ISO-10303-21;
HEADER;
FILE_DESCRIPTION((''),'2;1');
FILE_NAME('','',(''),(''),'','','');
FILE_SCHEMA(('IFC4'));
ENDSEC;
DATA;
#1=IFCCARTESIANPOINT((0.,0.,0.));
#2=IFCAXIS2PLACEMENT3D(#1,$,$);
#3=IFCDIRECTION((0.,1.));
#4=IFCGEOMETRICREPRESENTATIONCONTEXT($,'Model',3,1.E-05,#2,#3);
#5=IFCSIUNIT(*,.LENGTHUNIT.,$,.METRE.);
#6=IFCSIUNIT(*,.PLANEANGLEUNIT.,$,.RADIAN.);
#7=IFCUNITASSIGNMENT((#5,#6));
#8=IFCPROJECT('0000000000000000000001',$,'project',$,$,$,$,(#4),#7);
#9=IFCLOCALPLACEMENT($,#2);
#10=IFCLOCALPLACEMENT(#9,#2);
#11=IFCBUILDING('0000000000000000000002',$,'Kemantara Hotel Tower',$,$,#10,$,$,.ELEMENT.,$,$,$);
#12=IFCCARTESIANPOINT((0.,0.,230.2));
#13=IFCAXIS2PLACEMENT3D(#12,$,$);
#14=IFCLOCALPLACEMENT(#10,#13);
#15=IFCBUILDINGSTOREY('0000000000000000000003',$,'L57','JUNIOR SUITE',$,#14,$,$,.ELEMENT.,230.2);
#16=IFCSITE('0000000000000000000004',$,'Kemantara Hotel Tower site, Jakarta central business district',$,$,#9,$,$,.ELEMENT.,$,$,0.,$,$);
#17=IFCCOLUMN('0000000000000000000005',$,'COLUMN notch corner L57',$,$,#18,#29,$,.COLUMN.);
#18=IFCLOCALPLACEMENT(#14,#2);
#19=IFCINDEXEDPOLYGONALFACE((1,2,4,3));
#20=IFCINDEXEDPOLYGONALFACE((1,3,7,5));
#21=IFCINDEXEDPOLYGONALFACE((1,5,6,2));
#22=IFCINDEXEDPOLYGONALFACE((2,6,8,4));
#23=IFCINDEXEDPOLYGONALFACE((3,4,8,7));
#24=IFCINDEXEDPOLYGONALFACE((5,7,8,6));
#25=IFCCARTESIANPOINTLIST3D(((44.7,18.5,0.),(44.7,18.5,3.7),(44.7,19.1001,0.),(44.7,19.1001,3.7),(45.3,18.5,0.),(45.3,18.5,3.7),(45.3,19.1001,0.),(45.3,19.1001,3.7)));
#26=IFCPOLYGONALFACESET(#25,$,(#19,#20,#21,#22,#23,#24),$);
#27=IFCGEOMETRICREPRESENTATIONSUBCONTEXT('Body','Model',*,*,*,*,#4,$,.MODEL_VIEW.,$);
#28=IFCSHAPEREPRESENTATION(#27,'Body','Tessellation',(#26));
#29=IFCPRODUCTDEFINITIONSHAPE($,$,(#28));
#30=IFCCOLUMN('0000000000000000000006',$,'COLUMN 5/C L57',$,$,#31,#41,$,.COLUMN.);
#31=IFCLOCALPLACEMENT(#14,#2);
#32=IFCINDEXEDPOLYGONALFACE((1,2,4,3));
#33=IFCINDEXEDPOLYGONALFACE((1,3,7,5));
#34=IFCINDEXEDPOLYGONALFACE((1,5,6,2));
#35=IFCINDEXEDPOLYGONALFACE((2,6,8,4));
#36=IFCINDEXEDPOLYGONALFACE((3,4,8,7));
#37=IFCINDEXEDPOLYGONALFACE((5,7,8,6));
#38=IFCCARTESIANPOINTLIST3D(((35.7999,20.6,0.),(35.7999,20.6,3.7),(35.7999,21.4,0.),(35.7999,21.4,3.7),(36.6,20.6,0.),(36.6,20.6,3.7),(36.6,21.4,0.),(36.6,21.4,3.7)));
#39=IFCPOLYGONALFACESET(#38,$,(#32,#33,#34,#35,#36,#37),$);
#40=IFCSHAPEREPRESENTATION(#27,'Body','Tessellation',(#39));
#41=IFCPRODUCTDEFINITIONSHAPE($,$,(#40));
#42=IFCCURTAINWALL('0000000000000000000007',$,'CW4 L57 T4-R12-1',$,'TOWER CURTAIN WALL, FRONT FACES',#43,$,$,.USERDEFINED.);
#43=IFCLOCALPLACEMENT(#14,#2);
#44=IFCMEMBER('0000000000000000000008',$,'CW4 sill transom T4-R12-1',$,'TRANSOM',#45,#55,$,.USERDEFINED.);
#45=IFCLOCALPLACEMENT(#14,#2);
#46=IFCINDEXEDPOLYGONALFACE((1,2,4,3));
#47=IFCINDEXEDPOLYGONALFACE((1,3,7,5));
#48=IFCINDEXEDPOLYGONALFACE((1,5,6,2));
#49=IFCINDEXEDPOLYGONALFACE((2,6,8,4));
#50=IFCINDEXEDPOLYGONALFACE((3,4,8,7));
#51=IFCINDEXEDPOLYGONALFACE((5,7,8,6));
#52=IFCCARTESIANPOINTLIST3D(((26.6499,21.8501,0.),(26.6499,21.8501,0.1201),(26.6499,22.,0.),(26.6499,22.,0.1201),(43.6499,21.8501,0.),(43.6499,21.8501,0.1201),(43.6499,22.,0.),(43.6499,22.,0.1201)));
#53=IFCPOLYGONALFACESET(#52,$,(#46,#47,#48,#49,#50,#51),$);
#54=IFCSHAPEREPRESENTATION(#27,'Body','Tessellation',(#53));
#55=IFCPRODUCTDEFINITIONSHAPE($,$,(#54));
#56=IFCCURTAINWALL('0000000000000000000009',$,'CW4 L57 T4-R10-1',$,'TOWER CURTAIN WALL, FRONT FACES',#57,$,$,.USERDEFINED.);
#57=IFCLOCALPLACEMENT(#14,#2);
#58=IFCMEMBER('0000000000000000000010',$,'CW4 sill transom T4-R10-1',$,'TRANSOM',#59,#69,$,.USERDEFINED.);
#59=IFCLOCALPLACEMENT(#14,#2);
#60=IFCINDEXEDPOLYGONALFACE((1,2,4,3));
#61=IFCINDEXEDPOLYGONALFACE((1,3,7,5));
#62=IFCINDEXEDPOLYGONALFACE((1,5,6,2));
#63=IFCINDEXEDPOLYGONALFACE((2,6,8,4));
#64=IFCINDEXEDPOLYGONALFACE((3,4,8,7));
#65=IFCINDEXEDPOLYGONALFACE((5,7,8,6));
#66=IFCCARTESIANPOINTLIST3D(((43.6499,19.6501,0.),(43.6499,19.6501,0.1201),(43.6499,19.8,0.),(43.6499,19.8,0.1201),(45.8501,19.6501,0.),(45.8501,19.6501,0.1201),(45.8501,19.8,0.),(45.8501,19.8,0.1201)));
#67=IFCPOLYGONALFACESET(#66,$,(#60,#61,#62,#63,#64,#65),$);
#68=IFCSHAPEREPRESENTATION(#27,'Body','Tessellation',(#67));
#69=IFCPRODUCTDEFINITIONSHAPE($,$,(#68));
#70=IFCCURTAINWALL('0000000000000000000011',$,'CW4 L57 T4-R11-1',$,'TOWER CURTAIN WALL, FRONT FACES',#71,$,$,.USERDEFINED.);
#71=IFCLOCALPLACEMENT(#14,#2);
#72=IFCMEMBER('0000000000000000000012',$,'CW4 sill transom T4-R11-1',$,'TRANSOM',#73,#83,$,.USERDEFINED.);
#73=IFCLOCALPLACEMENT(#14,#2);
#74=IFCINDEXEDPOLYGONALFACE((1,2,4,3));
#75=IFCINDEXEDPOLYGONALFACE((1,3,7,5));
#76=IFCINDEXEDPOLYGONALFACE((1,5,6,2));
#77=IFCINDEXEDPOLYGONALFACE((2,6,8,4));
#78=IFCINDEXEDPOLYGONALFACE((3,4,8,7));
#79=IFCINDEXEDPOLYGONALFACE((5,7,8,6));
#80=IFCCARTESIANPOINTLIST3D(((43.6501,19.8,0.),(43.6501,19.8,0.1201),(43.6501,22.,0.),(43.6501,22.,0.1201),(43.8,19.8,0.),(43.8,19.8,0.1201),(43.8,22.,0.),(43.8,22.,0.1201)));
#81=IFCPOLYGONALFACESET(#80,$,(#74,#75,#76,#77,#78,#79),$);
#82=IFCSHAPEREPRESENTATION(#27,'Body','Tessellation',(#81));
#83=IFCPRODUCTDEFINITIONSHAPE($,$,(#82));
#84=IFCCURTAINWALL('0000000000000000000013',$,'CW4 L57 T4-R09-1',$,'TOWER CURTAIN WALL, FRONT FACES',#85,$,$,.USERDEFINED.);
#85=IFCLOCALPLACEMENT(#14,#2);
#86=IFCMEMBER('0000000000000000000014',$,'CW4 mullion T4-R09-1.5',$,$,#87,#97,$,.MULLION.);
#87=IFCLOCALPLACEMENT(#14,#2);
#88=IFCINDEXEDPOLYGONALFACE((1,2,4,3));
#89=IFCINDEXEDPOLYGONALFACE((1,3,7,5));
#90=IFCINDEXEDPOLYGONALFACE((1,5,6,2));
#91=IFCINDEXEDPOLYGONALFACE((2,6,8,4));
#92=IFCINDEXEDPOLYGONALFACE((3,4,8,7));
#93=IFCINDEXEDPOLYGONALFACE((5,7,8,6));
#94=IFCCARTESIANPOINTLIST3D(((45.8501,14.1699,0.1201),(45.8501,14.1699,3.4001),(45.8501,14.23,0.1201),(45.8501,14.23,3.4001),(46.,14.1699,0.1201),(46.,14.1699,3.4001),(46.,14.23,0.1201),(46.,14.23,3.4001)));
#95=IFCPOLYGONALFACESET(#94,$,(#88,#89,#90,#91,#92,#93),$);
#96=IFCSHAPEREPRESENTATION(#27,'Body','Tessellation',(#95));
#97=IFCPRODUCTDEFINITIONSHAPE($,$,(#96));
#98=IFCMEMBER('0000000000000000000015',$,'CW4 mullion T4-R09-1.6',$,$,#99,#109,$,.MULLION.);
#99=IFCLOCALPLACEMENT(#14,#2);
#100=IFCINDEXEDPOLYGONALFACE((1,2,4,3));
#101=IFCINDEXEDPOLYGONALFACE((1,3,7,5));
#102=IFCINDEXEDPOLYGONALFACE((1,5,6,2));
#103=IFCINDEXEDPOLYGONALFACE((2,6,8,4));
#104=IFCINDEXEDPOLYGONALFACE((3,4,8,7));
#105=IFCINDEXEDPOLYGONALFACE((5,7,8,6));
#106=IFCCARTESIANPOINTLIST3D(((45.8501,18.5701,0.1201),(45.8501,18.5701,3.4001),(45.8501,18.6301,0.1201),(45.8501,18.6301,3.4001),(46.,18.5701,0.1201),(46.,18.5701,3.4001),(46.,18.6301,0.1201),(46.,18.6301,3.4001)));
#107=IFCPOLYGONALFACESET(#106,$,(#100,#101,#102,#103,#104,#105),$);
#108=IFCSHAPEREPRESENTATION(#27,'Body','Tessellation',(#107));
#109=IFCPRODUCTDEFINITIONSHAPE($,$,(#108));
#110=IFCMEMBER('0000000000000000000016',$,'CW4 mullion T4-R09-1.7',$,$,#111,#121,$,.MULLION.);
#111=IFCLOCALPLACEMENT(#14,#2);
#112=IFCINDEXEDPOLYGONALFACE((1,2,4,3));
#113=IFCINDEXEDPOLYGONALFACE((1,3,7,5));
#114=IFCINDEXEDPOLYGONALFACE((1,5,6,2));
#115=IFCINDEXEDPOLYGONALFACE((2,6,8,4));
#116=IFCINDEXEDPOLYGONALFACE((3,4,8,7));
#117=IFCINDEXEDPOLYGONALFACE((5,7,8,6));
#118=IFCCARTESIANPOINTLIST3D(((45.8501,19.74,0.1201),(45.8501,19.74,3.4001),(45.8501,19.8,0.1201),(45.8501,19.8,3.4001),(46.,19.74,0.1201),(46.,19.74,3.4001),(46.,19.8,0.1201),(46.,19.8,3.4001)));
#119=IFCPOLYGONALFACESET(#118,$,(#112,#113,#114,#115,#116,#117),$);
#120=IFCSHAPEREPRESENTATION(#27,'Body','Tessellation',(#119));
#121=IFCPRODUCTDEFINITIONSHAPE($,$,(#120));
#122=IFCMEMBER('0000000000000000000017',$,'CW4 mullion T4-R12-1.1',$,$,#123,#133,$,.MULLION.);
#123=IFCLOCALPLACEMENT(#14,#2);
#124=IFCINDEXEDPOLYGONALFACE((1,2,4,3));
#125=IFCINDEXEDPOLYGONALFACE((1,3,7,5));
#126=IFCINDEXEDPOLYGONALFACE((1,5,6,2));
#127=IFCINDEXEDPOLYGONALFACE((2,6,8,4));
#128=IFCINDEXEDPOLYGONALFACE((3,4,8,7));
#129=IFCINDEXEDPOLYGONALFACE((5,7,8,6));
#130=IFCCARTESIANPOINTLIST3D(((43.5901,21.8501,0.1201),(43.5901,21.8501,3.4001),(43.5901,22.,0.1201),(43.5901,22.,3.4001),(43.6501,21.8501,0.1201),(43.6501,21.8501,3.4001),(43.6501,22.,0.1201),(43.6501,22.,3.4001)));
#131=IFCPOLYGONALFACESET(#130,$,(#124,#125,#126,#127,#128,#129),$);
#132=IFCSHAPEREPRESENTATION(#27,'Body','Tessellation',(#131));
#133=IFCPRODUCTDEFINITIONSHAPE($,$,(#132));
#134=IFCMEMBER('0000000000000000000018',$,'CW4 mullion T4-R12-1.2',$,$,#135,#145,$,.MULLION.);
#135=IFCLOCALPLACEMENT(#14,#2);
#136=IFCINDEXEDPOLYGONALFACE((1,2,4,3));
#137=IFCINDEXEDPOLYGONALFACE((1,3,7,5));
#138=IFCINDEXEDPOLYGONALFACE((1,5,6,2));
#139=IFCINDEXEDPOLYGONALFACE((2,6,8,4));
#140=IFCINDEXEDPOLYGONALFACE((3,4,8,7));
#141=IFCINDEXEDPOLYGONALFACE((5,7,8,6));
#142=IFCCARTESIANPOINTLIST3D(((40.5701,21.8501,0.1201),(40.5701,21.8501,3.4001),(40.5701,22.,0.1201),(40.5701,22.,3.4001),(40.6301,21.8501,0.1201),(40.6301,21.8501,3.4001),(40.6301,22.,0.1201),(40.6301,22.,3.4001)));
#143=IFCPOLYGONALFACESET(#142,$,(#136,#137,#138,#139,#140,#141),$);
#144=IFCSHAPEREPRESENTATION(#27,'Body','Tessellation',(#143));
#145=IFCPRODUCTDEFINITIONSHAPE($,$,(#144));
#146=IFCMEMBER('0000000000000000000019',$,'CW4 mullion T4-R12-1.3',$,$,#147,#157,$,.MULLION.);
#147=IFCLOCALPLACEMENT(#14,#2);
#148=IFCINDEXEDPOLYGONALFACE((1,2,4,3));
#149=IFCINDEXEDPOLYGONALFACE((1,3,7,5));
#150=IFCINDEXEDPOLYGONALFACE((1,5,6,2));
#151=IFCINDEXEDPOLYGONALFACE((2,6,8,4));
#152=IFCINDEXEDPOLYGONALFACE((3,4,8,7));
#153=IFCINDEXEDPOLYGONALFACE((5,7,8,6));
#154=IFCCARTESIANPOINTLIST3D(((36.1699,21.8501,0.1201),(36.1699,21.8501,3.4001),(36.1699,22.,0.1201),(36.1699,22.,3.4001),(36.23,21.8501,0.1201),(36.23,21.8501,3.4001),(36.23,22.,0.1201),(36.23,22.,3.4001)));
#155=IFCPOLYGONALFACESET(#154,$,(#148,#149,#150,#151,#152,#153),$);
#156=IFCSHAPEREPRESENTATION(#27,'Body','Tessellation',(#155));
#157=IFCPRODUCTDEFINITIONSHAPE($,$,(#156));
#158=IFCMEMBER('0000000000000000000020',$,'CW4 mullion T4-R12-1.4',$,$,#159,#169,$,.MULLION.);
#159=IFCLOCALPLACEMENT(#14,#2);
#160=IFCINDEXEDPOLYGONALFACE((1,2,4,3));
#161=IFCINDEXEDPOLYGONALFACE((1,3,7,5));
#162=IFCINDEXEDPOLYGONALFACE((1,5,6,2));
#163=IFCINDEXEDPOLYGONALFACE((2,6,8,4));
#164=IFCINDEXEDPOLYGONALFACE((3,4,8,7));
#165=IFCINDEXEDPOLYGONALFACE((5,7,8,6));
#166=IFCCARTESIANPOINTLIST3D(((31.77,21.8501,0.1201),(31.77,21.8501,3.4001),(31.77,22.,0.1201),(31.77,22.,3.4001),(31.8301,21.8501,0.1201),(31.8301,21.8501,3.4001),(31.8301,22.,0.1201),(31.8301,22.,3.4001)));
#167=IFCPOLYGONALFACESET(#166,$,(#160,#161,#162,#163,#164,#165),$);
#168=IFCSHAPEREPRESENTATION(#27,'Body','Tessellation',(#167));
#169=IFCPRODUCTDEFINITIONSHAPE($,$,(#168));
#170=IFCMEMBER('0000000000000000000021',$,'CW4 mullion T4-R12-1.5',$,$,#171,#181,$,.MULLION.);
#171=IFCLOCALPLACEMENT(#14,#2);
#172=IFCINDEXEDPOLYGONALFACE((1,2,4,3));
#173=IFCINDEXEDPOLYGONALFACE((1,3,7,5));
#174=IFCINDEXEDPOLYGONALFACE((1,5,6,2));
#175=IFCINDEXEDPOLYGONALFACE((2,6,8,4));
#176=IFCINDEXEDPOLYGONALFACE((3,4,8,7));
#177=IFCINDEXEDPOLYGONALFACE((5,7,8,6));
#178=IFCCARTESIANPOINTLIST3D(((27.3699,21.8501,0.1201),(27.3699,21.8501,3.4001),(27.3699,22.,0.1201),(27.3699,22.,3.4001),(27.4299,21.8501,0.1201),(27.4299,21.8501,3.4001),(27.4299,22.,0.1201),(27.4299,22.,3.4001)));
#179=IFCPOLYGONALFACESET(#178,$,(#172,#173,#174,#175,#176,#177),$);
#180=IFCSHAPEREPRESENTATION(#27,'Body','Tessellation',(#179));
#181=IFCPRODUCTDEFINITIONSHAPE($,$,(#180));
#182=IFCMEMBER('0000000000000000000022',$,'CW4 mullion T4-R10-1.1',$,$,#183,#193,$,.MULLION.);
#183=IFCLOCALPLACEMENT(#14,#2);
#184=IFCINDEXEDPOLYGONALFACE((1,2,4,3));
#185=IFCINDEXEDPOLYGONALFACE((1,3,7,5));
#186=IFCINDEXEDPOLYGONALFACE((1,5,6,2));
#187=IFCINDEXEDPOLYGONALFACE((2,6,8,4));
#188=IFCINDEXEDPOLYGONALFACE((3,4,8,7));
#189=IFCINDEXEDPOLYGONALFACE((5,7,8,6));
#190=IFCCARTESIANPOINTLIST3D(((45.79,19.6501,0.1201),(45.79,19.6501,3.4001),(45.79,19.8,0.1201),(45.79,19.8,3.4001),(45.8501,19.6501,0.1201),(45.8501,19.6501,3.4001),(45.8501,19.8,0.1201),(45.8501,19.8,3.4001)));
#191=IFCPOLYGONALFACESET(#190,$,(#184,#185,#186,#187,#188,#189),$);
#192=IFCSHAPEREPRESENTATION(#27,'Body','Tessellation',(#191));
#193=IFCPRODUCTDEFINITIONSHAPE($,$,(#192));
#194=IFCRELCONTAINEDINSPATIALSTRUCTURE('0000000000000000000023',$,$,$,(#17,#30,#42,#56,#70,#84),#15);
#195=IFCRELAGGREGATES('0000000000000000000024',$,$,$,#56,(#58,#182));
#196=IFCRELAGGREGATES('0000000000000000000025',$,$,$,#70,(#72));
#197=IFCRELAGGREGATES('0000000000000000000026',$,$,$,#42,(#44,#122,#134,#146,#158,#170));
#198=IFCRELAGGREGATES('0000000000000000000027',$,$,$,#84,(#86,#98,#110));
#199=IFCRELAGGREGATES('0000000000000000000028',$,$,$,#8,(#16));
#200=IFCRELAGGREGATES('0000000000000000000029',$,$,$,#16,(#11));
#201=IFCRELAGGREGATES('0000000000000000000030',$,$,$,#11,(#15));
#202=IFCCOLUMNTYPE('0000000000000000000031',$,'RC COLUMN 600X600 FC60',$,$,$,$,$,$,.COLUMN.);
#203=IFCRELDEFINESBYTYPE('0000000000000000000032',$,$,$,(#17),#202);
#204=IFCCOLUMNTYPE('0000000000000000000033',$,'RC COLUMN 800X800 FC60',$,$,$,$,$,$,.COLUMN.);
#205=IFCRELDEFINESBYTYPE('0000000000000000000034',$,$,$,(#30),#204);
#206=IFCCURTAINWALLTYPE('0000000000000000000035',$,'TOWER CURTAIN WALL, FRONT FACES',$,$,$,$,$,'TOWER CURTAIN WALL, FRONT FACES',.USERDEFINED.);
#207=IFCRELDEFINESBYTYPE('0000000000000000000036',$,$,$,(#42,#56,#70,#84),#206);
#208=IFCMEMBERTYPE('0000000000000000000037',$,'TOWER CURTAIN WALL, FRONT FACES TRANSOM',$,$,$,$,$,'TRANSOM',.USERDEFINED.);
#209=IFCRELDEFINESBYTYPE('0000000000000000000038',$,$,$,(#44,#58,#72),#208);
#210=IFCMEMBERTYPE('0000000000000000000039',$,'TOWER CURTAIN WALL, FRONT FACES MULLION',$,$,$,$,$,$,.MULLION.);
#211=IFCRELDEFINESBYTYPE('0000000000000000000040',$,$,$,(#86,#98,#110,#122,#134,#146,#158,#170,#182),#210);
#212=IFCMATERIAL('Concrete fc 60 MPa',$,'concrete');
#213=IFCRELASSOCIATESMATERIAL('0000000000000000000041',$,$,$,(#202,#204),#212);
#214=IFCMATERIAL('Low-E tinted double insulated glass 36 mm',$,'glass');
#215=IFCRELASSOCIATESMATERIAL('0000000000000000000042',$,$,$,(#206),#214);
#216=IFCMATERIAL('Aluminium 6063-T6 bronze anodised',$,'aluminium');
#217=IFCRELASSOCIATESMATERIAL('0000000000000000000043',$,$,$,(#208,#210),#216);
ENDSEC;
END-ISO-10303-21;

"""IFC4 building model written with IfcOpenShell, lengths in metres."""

from ifc_helpers import new_model, si_unit, direction, frame, origin, origin_2d, place, context, subcontext, project, spatial, rectangle, extrude, source, transform, mapped, material, material_profile, profile_set, type_object, element, aggregate, save


model = new_model("IFC4")

# Units and contexts
model_context = context("Model", 3, precision=1e-05, world=origin(), true_north=direction((0.0, 1.0)))
body_context = subcontext(model_context, "Body", "Model", "MODEL_VIEW")
ifc_project = project(units=[si_unit("LENGTHUNIT", "METRE"), si_unit("PLANEANGLEUNIT", "RADIAN")], contexts=[model_context])

# Site, building, storey
site_placement = place(None, origin())
site = spatial("IfcSite", under=ifc_project, at=site_placement, Name="Kemantara Hotel Tower site, Jakarta central business district", CompositionType="ELEMENT", RefElevation=0.0)
building_placement = place(site_placement, origin())
building = spatial("IfcBuilding", under=site, at=building_placement, Name="Kemantara Hotel Tower", CompositionType="ELEMENT")
storey_placement = place(building_placement, frame((0.0, 0.0, 230.2)))
storey = spatial("IfcBuildingStorey", under=building, at=storey_placement, Name="L57", Description="JUNIOR SUITE", CompositionType="ELEMENT", Elevation=230.2)

# Columns
ifc_material_1 = material(Name="Concrete fc 60 MPa", Category="concrete")
ifc_material_profile_1 = material_profile(ifc_material_1, rectangle(XDim=0.6001, YDim=0.6001, at=origin_2d()), Name="RC 600X600")
ifc_profile_set_1 = profile_set([ifc_material_profile_1], Name="Concrete fc 60 MPa")
column_type_1 = type_object("IfcColumnType", Name="RC COLUMN 600X600 FC60", PredefinedType="COLUMN", material=ifc_profile_set_1)
column_1_placement = place(storey_placement, frame((45.0, 18.8, 0.0), z_axis=(0.0, 0.0, 1.0), x_axis=(1.0, 0.0, 0.0)))
element("IfcColumn", 1, at=column_1_placement, inside=storey, type_object=column_type_1, Name="COLUMN notch corner L57", PredefinedType="COLUMN", context=body_context, shape_type="SweptSolid", body=[
    extrude(rectangle(XDim=0.6001, YDim=0.6001, at=origin_2d()), origin(), (0.0, 0.0, 1.0), 3.7),
])
ifc_material_profile_2 = material_profile(ifc_material_1, rectangle(XDim=0.8, YDim=0.8, at=origin_2d()), Name="RC 800X800")
ifc_profile_set_2 = profile_set([ifc_material_profile_2], Name="Concrete fc 60 MPa")
column_type_2 = type_object("IfcColumnType", Name="RC COLUMN 800X800 FC60", PredefinedType="COLUMN", material=ifc_profile_set_2)
column_2_placement = place(storey_placement, frame((36.2, 21.0, 0.0), z_axis=(0.0, 0.0, 1.0), x_axis=(1.0, 0.0, 0.0)))
element("IfcColumn", 2, at=column_2_placement, inside=storey, type_object=column_type_2, Name="COLUMN 5/C L57", PredefinedType="COLUMN", context=body_context, shape_type="SweptSolid", body=[
    extrude(rectangle(XDim=0.8, YDim=0.8, at=origin_2d()), origin(), (0.0, 0.0, 1.0), 3.7),
])

# Curtain walls, members
ifc_material_2 = material(Name="Low-E tinted double insulated glass 36 mm", Category="glass")
curtain_wall_type = type_object("IfcCurtainWallType", Name="TOWER CURTAIN WALL, FRONT FACES", ElementType="TOWER CURTAIN WALL, FRONT FACES", PredefinedType="USERDEFINED", material=ifc_material_2)
curtain_wall_1_placement = place(storey_placement, origin())
curtain_wall_1 = element("IfcCurtainWall", 3, at=curtain_wall_1_placement, inside=storey, type_object=curtain_wall_type, Name="CW4 L57 T4-R12-1", ObjectType="TOWER CURTAIN WALL, FRONT FACES", PredefinedType="USERDEFINED")
ifc_material_3 = material(Name="Aluminium 6063-T6 bronze anodised", Category="aluminium")
ifc_material_profile_3 = material_profile(ifc_material_3, rectangle(XDim=0.1499, YDim=0.1201, at=origin_2d()), Name="TOWER CURTAIN WALL, FRONT FACES TRANSOM")
ifc_profile_set_3 = profile_set([ifc_material_profile_3], Name="Aluminium 6063-T6 bronze anodised")
member_type_1 = type_object("IfcMemberType", Name="TOWER CURTAIN WALL, FRONT FACES TRANSOM", ElementType="TRANSOM", PredefinedType="USERDEFINED", material=ifc_profile_set_3)
member_1_placement = place(storey_placement, frame((43.6499, 21.925, 0.0601), z_axis=(-1.0, 0.0, 0.0), x_axis=(0.0, -1.0, 0.0)))
member_1 = element("IfcMember", 4, at=member_1_placement, type_object=member_type_1, Name="CW4 sill transom T4-R12-1", ObjectType="TRANSOM", PredefinedType="USERDEFINED", context=body_context, shape_type="SweptSolid", body=[
    extrude(rectangle(XDim=0.1499, YDim=0.1201, at=origin_2d()), origin(), (0.0, 0.0, 1.0), 17.0),
])
curtain_wall_2_placement = place(storey_placement, origin())
curtain_wall_2 = element("IfcCurtainWall", 5, at=curtain_wall_2_placement, inside=storey, type_object=curtain_wall_type, Name="CW4 L57 T4-R10-1", ObjectType="TOWER CURTAIN WALL, FRONT FACES", PredefinedType="USERDEFINED")
member_2_placement = place(storey_placement, frame((45.8501, 19.7251, 0.0601), z_axis=(-1.0, 0.0, 0.0), x_axis=(0.0, -1.0, 0.0)))
member_2 = element("IfcMember", 6, at=member_2_placement, type_object=member_type_1, Name="CW4 sill transom T4-R10-1", ObjectType="TRANSOM", PredefinedType="USERDEFINED", context=body_context, shape_type="SweptSolid", body=[
    extrude(rectangle(XDim=0.1499, YDim=0.1201, at=origin_2d()), origin(), (0.0, 0.0, 1.0), 2.2002),
])
curtain_wall_3_placement = place(storey_placement, origin())
curtain_wall_3 = element("IfcCurtainWall", 7, at=curtain_wall_3_placement, inside=storey, type_object=curtain_wall_type, Name="CW4 L57 T4-R11-1", ObjectType="TOWER CURTAIN WALL, FRONT FACES", PredefinedType="USERDEFINED")
member_3_placement = place(storey_placement, frame((43.7251, 19.8, 0.0601), z_axis=(0.0, 1.0, 0.0), x_axis=(-1.0, 0.0, 0.0)))
member_3 = element("IfcMember", 8, at=member_3_placement, type_object=member_type_1, Name="CW4 sill transom T4-R11-1", ObjectType="TRANSOM", PredefinedType="USERDEFINED", context=body_context, shape_type="SweptSolid", body=[
    extrude(rectangle(XDim=0.1499, YDim=0.1201, at=origin_2d()), origin(), (0.0, 0.0, 1.0), 2.2),
])

# Curtain wall, members
curtain_wall_4_placement = place(storey_placement, origin())
curtain_wall_4 = element("IfcCurtainWall", 9, at=curtain_wall_4_placement, inside=storey, type_object=curtain_wall_type, Name="CW4 L57 T4-R09-1", ObjectType="TOWER CURTAIN WALL, FRONT FACES", PredefinedType="USERDEFINED")
ifc_material_profile_4 = material_profile(ifc_material_3, rectangle(XDim=0.1499, YDim=0.0601, at=origin_2d()), Name="TOWER CURTAIN WALL, FRONT FACES MULLION")
ifc_profile_set_4 = profile_set([ifc_material_profile_4], Name="Aluminium 6063-T6 bronze anodised")
member_type_2 = type_object("IfcMemberType", Name="TOWER CURTAIN WALL, FRONT FACES MULLION", PredefinedType="MULLION", material=ifc_profile_set_4)
shared_shape_1 = source(origin(), body_context, "Body", "SweptSolid", [
    extrude(rectangle(XDim=0.1499, YDim=0.0601, at=origin_2d()), origin(), (0.0, 0.0, 1.0), 3.28),
])
member_4_placement = place(storey_placement, frame((45.925, 14.2, 0.1201), z_axis=(0.0, 0.0, 1.0), x_axis=(-1.0, 0.0, 0.0)))
member_4 = element("IfcMember", 10, at=member_4_placement, type_object=member_type_2, Name="CW4 mullion T4-R09-1.5", PredefinedType="MULLION", context=body_context, shape_type="MappedRepresentation", body=[
    mapped(shared_shape_1, transform((0.0, 0.0, 0.0))),
])
member_5_placement = place(storey_placement, frame((45.925, 18.6001, 0.1201), z_axis=(0.0, 0.0, 1.0), x_axis=(-1.0, 0.0, 0.0)))
member_5 = element("IfcMember", 11, at=member_5_placement, type_object=member_type_2, Name="CW4 mullion T4-R09-1.6", PredefinedType="MULLION", context=body_context, shape_type="MappedRepresentation", body=[
    mapped(shared_shape_1, transform((0.0, 0.0, 0.0))),
])
member_6_placement = place(storey_placement, frame((45.925, 19.77, 0.1201), z_axis=(0.0, 0.0, 1.0), x_axis=(-1.0, 0.0, 0.0)))
member_6 = element("IfcMember", 12, at=member_6_placement, type_object=member_type_2, Name="CW4 mullion T4-R09-1.7", PredefinedType="MULLION", context=body_context, shape_type="MappedRepresentation", body=[
    mapped(shared_shape_1, transform((0.0, 0.0, 0.0))),
])

# Members
member_7_placement = place(storey_placement, frame((43.6201, 21.925, 0.1201), z_axis=(0.0, 0.0, 1.0), x_axis=(0.0, -1.0, 0.0)))
member_7 = element("IfcMember", 13, at=member_7_placement, type_object=member_type_2, Name="CW4 mullion T4-R12-1.1", PredefinedType="MULLION", context=body_context, shape_type="MappedRepresentation", body=[
    mapped(shared_shape_1, transform((0.0, 0.0, 0.0))),
])
member_8_placement = place(storey_placement, frame((40.6001, 21.925, 0.1201), z_axis=(0.0, 0.0, 1.0), x_axis=(0.0, -1.0, 0.0)))
member_8 = element("IfcMember", 14, at=member_8_placement, type_object=member_type_2, Name="CW4 mullion T4-R12-1.2", PredefinedType="MULLION", context=body_context, shape_type="MappedRepresentation", body=[
    mapped(shared_shape_1, transform((0.0, 0.0, 0.0))),
])
member_9_placement = place(storey_placement, frame((36.2, 21.925, 0.1201), z_axis=(0.0, 0.0, 1.0), x_axis=(0.0, -1.0, 0.0)))
member_9 = element("IfcMember", 15, at=member_9_placement, type_object=member_type_2, Name="CW4 mullion T4-R12-1.3", PredefinedType="MULLION", context=body_context, shape_type="MappedRepresentation", body=[
    mapped(shared_shape_1, transform((0.0, 0.0, 0.0))),
])
member_10_placement = place(storey_placement, frame((31.8, 21.925, 0.1201), z_axis=(0.0, 0.0, 1.0), x_axis=(0.0, -1.0, 0.0)))
member_10 = element("IfcMember", 16, at=member_10_placement, type_object=member_type_2, Name="CW4 mullion T4-R12-1.4", PredefinedType="MULLION", context=body_context, shape_type="MappedRepresentation", body=[
    mapped(shared_shape_1, transform((0.0, 0.0, 0.0))),
])
member_11_placement = place(storey_placement, frame((27.3999, 21.925, 0.1201), z_axis=(0.0, 0.0, 1.0), x_axis=(0.0, -1.0, 0.0)))
member_11 = element("IfcMember", 17, at=member_11_placement, type_object=member_type_2, Name="CW4 mullion T4-R12-1.5", PredefinedType="MULLION", context=body_context, shape_type="MappedRepresentation", body=[
    mapped(shared_shape_1, transform((0.0, 0.0, 0.0))),
])
member_12_placement = place(storey_placement, frame((45.8201, 19.7251, 0.1201), z_axis=(0.0, 0.0, 1.0), x_axis=(0.0, -1.0, 0.0)))
member_12 = element("IfcMember", 18, at=member_12_placement, type_object=member_type_2, Name="CW4 mullion T4-R10-1.1", PredefinedType="MULLION", context=body_context, shape_type="MappedRepresentation", body=[
    mapped(shared_shape_1, transform((0.0, 0.0, 0.0))),
])

aggregate(curtain_wall_2, [member_2, member_12])
aggregate(curtain_wall_3, [member_3])
aggregate(curtain_wall_1, [member_1, member_7, member_8, member_9, member_10, member_11])
aggregate(curtain_wall_4, [member_4, member_5, member_6])

save(model, "model.ifc")
